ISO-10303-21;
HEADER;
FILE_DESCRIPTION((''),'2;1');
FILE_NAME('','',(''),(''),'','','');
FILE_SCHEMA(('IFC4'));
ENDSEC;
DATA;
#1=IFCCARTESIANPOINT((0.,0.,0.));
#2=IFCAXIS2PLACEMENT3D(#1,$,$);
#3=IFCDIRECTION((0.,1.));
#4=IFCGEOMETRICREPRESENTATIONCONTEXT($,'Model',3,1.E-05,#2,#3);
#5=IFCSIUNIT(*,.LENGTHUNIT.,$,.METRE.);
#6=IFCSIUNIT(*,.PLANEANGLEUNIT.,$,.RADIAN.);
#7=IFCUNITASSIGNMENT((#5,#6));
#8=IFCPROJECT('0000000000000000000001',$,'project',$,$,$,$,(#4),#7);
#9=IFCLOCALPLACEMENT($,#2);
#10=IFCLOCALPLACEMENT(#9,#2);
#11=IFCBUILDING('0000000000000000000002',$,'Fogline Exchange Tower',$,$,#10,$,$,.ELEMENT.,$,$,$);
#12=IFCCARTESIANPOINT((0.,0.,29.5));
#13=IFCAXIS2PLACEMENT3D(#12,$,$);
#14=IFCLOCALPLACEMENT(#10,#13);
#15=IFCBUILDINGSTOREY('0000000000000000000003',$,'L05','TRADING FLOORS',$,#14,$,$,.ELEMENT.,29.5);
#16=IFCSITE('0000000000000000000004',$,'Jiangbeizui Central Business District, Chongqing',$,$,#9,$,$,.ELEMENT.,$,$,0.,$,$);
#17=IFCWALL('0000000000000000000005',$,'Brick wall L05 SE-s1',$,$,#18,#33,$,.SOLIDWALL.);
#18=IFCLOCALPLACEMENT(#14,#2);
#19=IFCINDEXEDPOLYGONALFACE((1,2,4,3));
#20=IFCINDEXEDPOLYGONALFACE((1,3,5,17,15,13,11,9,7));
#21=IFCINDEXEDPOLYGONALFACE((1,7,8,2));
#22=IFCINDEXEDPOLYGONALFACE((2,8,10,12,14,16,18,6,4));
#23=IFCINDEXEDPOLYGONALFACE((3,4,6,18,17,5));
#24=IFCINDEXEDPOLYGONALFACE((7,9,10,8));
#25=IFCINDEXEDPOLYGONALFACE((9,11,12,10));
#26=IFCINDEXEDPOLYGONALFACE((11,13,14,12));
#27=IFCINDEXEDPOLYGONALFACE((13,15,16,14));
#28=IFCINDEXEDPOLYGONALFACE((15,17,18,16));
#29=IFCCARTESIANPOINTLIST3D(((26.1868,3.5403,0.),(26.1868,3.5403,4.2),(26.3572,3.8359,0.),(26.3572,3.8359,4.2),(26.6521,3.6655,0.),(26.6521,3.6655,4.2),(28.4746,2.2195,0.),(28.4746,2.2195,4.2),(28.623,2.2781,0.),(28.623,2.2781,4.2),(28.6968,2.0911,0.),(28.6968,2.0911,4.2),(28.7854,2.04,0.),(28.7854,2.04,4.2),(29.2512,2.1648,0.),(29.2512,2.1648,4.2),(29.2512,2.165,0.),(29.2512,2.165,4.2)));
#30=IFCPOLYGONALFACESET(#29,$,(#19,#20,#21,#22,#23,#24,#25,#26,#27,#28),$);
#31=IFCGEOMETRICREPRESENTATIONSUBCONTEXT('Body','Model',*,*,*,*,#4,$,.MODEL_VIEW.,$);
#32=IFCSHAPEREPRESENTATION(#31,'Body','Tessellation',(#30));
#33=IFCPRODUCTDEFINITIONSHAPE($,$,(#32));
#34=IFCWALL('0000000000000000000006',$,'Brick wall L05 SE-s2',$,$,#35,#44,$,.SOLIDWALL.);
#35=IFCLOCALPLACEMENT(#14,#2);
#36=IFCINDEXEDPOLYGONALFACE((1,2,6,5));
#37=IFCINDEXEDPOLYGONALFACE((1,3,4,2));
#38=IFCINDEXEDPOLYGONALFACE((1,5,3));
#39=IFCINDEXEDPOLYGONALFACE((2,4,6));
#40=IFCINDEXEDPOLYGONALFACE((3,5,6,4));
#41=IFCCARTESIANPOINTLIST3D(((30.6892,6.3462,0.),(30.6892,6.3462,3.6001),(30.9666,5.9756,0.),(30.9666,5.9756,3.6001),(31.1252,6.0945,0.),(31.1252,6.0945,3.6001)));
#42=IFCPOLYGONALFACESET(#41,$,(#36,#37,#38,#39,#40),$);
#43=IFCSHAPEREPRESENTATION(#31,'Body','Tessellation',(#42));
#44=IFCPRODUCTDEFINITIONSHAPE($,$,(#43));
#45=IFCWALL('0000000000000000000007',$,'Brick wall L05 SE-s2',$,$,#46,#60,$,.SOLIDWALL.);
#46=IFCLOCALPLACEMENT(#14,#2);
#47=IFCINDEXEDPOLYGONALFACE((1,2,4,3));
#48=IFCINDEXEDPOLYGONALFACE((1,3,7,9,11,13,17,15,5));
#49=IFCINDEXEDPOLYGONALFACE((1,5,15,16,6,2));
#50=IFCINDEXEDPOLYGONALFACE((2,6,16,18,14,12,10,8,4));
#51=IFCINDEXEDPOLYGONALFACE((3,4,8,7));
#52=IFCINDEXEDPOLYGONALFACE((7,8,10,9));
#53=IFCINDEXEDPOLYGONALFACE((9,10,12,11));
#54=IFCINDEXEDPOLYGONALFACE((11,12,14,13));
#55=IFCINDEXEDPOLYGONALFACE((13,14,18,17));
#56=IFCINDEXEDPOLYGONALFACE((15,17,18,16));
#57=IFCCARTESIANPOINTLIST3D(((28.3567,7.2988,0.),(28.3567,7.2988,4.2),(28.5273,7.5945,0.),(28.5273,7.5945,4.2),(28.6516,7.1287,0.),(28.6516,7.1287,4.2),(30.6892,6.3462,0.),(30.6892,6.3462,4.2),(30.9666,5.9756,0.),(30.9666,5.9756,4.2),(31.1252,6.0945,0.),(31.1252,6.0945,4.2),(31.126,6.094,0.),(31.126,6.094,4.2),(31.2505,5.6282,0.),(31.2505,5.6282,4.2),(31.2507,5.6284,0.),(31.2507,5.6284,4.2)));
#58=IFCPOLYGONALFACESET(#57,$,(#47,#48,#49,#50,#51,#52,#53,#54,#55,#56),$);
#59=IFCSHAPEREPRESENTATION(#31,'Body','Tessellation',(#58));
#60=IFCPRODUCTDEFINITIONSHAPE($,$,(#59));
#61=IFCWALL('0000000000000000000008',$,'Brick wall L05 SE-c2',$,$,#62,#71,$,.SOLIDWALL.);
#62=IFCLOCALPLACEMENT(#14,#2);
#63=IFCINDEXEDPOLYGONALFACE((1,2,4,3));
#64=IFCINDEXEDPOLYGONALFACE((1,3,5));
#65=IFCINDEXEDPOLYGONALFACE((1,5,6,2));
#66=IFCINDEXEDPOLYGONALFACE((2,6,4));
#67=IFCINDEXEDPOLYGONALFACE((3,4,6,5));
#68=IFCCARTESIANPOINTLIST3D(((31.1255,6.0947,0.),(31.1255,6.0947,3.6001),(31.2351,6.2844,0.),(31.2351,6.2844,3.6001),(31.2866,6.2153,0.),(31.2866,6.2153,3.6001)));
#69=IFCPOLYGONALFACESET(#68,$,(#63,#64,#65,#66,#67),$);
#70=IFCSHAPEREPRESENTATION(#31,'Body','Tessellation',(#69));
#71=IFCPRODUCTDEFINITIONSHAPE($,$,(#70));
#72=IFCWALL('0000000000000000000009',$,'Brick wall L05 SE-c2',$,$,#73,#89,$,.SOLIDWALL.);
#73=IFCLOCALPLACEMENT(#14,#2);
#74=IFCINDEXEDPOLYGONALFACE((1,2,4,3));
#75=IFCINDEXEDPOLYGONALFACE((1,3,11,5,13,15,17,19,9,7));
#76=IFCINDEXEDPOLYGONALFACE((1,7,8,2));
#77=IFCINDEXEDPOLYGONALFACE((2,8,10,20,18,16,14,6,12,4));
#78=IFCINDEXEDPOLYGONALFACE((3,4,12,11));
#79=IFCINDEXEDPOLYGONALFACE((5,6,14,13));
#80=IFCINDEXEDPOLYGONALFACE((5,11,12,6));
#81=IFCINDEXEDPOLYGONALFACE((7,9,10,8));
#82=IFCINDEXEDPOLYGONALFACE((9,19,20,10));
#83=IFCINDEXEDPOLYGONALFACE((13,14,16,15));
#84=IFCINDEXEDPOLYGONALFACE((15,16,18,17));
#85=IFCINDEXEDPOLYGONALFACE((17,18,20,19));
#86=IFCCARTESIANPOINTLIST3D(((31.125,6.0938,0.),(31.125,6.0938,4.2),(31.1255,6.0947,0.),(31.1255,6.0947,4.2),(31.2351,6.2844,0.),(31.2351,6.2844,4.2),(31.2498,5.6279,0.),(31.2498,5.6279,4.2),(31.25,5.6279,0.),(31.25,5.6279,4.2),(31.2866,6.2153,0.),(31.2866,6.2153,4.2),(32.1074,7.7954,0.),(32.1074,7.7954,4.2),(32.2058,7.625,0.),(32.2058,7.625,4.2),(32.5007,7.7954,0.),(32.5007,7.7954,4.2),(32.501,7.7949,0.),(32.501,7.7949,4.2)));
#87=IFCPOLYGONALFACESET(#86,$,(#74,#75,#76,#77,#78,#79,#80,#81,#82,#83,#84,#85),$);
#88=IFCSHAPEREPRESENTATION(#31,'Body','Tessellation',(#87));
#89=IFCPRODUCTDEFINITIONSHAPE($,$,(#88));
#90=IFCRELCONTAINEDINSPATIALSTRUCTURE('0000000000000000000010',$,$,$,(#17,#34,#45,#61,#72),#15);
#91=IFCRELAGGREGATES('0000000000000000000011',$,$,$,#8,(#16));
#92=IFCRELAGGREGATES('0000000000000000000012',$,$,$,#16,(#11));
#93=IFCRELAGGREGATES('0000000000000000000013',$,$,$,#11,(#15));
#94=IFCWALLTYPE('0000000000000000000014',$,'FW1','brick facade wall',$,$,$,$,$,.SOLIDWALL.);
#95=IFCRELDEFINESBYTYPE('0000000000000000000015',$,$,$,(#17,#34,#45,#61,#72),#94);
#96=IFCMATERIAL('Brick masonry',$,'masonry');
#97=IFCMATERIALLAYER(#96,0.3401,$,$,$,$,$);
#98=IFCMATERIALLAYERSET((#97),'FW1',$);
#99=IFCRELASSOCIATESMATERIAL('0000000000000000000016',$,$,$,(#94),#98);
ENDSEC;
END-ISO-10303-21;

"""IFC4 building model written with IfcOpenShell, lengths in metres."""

from ifc_helpers import new_model, si_unit, direction, frame, origin, place, context, subcontext, project, spatial, polyline, outline, extrude, material, layer, layer_set, type_object, element, save


model = new_model("IFC4")

# Units and contexts
model_context = context("Model", 3, precision=1e-05, world=origin(), true_north=direction((0.0, 1.0)))
body_context = subcontext(model_context, "Body", "Model", "MODEL_VIEW")
ifc_project = project(units=[si_unit("LENGTHUNIT", "METRE"), si_unit("PLANEANGLEUNIT", "RADIAN")], contexts=[model_context])

# Site, building, storey
site_placement = place(None, origin())
site = spatial("IfcSite", under=ifc_project, at=site_placement, Name="Jiangbeizui Central Business District, Chongqing", CompositionType="ELEMENT", RefElevation=0.0)
building_placement = place(site_placement, origin())
building = spatial("IfcBuilding", under=site, at=building_placement, Name="Fogline Exchange Tower", CompositionType="ELEMENT")
storey_placement = place(building_placement, frame((0.0, 0.0, 29.5)))
storey = spatial("IfcBuildingStorey", under=building, at=storey_placement, Name="L05", Description="TRADING FLOORS", CompositionType="ELEMENT", Elevation=29.5)

# Walls
ifc_material_1 = material(Name="Brick masonry", Category="masonry")
ifc_layer_1 = layer(ifc_material_1, 0.3401)
ifc_layer_set_1 = layer_set([ifc_layer_1], Name="FW1")
wall_type = type_object("IfcWallType", Name="FW1", Description="brick facade wall", PredefinedType="SOLIDWALL", material=ifc_layer_set_1)
wall_1_placement = place(storey_placement, origin())
element("IfcWall", 1, at=wall_1_placement, inside=storey, type_object=wall_type, Name="Brick wall L05 SE-s1", PredefinedType="SOLIDWALL", context=body_context, shape_type="SweptSolid", body=[
    extrude(outline(polyline([(26.3572, 3.8359), (26.6521, 3.6655), (29.2512, 2.165), (29.2512, 2.1648), (28.7854, 2.04), (28.6968, 2.0911), (28.623, 2.2781), (28.4746, 2.2195), (26.1868, 3.5403), (26.3572, 3.8359)])), origin(), (0.0, 0.0, 1.0), 4.2),
])
wall_2_placement = place(storey_placement, origin())
element("IfcWall", 2, at=wall_2_placement, inside=storey, type_object=wall_type, Name="Brick wall L05 SE-s2", PredefinedType="SOLIDWALL", context=body_context, shape_type="SweptSolid", body=[
    extrude(outline(polyline([(31.1252, 6.0945), (30.9666, 5.9756), (30.6892, 6.3462), (31.1252, 6.0945)])), origin(), (0.0, 0.0, 1.0), 3.6001),
])
wall_3_placement = place(storey_placement, origin())
element("IfcWall", 3, at=wall_3_placement, inside=storey, type_object=wall_type, Name="Brick wall L05 SE-s2", PredefinedType="SOLIDWALL", context=body_context, shape_type="SweptSolid", body=[
    extrude(outline(polyline([(28.6516, 7.1287), (28.3567, 7.2988), (28.5273, 7.5945), (30.6892, 6.3462), (30.9666, 5.9756), (31.1252, 6.0945), (31.126, 6.094), (31.2507, 5.6284), (31.2505, 5.6282), (28.6516, 7.1287)])), origin(), (0.0, 0.0, 1.0), 4.2),
])
wall_4_placement = place(storey_placement, origin())
element("IfcWall", 4, at=wall_4_placement, inside=storey, type_object=wall_type, Name="Brick wall L05 SE-c2", PredefinedType="SOLIDWALL", context=body_context, shape_type="SweptSolid", body=[
    extrude(outline(polyline([(31.2351, 6.2844), (31.2866, 6.2153), (31.1255, 6.0947), (31.2351, 6.2844)])), origin(), (0.0, 0.0, 1.0), 3.6001),
])
wall_5_placement = place(storey_placement, origin())
element("IfcWall", 5, at=wall_5_placement, inside=storey, type_object=wall_type, Name="Brick wall L05 SE-c2", PredefinedType="SOLIDWALL", context=body_context, shape_type="SweptSolid", body=[
    extrude(outline(polyline([(32.2058, 7.625), (32.5007, 7.7954), (32.501, 7.7949), (31.25, 5.6279), (31.2498, 5.6279), (31.125, 6.0938), (31.1255, 6.0947), (31.2866, 6.2153), (31.2351, 6.2844), (32.1074, 7.7954), (32.2058, 7.625)])), origin(), (0.0, 0.0, 1.0), 4.2),
])

save(model, "model.ifc")
